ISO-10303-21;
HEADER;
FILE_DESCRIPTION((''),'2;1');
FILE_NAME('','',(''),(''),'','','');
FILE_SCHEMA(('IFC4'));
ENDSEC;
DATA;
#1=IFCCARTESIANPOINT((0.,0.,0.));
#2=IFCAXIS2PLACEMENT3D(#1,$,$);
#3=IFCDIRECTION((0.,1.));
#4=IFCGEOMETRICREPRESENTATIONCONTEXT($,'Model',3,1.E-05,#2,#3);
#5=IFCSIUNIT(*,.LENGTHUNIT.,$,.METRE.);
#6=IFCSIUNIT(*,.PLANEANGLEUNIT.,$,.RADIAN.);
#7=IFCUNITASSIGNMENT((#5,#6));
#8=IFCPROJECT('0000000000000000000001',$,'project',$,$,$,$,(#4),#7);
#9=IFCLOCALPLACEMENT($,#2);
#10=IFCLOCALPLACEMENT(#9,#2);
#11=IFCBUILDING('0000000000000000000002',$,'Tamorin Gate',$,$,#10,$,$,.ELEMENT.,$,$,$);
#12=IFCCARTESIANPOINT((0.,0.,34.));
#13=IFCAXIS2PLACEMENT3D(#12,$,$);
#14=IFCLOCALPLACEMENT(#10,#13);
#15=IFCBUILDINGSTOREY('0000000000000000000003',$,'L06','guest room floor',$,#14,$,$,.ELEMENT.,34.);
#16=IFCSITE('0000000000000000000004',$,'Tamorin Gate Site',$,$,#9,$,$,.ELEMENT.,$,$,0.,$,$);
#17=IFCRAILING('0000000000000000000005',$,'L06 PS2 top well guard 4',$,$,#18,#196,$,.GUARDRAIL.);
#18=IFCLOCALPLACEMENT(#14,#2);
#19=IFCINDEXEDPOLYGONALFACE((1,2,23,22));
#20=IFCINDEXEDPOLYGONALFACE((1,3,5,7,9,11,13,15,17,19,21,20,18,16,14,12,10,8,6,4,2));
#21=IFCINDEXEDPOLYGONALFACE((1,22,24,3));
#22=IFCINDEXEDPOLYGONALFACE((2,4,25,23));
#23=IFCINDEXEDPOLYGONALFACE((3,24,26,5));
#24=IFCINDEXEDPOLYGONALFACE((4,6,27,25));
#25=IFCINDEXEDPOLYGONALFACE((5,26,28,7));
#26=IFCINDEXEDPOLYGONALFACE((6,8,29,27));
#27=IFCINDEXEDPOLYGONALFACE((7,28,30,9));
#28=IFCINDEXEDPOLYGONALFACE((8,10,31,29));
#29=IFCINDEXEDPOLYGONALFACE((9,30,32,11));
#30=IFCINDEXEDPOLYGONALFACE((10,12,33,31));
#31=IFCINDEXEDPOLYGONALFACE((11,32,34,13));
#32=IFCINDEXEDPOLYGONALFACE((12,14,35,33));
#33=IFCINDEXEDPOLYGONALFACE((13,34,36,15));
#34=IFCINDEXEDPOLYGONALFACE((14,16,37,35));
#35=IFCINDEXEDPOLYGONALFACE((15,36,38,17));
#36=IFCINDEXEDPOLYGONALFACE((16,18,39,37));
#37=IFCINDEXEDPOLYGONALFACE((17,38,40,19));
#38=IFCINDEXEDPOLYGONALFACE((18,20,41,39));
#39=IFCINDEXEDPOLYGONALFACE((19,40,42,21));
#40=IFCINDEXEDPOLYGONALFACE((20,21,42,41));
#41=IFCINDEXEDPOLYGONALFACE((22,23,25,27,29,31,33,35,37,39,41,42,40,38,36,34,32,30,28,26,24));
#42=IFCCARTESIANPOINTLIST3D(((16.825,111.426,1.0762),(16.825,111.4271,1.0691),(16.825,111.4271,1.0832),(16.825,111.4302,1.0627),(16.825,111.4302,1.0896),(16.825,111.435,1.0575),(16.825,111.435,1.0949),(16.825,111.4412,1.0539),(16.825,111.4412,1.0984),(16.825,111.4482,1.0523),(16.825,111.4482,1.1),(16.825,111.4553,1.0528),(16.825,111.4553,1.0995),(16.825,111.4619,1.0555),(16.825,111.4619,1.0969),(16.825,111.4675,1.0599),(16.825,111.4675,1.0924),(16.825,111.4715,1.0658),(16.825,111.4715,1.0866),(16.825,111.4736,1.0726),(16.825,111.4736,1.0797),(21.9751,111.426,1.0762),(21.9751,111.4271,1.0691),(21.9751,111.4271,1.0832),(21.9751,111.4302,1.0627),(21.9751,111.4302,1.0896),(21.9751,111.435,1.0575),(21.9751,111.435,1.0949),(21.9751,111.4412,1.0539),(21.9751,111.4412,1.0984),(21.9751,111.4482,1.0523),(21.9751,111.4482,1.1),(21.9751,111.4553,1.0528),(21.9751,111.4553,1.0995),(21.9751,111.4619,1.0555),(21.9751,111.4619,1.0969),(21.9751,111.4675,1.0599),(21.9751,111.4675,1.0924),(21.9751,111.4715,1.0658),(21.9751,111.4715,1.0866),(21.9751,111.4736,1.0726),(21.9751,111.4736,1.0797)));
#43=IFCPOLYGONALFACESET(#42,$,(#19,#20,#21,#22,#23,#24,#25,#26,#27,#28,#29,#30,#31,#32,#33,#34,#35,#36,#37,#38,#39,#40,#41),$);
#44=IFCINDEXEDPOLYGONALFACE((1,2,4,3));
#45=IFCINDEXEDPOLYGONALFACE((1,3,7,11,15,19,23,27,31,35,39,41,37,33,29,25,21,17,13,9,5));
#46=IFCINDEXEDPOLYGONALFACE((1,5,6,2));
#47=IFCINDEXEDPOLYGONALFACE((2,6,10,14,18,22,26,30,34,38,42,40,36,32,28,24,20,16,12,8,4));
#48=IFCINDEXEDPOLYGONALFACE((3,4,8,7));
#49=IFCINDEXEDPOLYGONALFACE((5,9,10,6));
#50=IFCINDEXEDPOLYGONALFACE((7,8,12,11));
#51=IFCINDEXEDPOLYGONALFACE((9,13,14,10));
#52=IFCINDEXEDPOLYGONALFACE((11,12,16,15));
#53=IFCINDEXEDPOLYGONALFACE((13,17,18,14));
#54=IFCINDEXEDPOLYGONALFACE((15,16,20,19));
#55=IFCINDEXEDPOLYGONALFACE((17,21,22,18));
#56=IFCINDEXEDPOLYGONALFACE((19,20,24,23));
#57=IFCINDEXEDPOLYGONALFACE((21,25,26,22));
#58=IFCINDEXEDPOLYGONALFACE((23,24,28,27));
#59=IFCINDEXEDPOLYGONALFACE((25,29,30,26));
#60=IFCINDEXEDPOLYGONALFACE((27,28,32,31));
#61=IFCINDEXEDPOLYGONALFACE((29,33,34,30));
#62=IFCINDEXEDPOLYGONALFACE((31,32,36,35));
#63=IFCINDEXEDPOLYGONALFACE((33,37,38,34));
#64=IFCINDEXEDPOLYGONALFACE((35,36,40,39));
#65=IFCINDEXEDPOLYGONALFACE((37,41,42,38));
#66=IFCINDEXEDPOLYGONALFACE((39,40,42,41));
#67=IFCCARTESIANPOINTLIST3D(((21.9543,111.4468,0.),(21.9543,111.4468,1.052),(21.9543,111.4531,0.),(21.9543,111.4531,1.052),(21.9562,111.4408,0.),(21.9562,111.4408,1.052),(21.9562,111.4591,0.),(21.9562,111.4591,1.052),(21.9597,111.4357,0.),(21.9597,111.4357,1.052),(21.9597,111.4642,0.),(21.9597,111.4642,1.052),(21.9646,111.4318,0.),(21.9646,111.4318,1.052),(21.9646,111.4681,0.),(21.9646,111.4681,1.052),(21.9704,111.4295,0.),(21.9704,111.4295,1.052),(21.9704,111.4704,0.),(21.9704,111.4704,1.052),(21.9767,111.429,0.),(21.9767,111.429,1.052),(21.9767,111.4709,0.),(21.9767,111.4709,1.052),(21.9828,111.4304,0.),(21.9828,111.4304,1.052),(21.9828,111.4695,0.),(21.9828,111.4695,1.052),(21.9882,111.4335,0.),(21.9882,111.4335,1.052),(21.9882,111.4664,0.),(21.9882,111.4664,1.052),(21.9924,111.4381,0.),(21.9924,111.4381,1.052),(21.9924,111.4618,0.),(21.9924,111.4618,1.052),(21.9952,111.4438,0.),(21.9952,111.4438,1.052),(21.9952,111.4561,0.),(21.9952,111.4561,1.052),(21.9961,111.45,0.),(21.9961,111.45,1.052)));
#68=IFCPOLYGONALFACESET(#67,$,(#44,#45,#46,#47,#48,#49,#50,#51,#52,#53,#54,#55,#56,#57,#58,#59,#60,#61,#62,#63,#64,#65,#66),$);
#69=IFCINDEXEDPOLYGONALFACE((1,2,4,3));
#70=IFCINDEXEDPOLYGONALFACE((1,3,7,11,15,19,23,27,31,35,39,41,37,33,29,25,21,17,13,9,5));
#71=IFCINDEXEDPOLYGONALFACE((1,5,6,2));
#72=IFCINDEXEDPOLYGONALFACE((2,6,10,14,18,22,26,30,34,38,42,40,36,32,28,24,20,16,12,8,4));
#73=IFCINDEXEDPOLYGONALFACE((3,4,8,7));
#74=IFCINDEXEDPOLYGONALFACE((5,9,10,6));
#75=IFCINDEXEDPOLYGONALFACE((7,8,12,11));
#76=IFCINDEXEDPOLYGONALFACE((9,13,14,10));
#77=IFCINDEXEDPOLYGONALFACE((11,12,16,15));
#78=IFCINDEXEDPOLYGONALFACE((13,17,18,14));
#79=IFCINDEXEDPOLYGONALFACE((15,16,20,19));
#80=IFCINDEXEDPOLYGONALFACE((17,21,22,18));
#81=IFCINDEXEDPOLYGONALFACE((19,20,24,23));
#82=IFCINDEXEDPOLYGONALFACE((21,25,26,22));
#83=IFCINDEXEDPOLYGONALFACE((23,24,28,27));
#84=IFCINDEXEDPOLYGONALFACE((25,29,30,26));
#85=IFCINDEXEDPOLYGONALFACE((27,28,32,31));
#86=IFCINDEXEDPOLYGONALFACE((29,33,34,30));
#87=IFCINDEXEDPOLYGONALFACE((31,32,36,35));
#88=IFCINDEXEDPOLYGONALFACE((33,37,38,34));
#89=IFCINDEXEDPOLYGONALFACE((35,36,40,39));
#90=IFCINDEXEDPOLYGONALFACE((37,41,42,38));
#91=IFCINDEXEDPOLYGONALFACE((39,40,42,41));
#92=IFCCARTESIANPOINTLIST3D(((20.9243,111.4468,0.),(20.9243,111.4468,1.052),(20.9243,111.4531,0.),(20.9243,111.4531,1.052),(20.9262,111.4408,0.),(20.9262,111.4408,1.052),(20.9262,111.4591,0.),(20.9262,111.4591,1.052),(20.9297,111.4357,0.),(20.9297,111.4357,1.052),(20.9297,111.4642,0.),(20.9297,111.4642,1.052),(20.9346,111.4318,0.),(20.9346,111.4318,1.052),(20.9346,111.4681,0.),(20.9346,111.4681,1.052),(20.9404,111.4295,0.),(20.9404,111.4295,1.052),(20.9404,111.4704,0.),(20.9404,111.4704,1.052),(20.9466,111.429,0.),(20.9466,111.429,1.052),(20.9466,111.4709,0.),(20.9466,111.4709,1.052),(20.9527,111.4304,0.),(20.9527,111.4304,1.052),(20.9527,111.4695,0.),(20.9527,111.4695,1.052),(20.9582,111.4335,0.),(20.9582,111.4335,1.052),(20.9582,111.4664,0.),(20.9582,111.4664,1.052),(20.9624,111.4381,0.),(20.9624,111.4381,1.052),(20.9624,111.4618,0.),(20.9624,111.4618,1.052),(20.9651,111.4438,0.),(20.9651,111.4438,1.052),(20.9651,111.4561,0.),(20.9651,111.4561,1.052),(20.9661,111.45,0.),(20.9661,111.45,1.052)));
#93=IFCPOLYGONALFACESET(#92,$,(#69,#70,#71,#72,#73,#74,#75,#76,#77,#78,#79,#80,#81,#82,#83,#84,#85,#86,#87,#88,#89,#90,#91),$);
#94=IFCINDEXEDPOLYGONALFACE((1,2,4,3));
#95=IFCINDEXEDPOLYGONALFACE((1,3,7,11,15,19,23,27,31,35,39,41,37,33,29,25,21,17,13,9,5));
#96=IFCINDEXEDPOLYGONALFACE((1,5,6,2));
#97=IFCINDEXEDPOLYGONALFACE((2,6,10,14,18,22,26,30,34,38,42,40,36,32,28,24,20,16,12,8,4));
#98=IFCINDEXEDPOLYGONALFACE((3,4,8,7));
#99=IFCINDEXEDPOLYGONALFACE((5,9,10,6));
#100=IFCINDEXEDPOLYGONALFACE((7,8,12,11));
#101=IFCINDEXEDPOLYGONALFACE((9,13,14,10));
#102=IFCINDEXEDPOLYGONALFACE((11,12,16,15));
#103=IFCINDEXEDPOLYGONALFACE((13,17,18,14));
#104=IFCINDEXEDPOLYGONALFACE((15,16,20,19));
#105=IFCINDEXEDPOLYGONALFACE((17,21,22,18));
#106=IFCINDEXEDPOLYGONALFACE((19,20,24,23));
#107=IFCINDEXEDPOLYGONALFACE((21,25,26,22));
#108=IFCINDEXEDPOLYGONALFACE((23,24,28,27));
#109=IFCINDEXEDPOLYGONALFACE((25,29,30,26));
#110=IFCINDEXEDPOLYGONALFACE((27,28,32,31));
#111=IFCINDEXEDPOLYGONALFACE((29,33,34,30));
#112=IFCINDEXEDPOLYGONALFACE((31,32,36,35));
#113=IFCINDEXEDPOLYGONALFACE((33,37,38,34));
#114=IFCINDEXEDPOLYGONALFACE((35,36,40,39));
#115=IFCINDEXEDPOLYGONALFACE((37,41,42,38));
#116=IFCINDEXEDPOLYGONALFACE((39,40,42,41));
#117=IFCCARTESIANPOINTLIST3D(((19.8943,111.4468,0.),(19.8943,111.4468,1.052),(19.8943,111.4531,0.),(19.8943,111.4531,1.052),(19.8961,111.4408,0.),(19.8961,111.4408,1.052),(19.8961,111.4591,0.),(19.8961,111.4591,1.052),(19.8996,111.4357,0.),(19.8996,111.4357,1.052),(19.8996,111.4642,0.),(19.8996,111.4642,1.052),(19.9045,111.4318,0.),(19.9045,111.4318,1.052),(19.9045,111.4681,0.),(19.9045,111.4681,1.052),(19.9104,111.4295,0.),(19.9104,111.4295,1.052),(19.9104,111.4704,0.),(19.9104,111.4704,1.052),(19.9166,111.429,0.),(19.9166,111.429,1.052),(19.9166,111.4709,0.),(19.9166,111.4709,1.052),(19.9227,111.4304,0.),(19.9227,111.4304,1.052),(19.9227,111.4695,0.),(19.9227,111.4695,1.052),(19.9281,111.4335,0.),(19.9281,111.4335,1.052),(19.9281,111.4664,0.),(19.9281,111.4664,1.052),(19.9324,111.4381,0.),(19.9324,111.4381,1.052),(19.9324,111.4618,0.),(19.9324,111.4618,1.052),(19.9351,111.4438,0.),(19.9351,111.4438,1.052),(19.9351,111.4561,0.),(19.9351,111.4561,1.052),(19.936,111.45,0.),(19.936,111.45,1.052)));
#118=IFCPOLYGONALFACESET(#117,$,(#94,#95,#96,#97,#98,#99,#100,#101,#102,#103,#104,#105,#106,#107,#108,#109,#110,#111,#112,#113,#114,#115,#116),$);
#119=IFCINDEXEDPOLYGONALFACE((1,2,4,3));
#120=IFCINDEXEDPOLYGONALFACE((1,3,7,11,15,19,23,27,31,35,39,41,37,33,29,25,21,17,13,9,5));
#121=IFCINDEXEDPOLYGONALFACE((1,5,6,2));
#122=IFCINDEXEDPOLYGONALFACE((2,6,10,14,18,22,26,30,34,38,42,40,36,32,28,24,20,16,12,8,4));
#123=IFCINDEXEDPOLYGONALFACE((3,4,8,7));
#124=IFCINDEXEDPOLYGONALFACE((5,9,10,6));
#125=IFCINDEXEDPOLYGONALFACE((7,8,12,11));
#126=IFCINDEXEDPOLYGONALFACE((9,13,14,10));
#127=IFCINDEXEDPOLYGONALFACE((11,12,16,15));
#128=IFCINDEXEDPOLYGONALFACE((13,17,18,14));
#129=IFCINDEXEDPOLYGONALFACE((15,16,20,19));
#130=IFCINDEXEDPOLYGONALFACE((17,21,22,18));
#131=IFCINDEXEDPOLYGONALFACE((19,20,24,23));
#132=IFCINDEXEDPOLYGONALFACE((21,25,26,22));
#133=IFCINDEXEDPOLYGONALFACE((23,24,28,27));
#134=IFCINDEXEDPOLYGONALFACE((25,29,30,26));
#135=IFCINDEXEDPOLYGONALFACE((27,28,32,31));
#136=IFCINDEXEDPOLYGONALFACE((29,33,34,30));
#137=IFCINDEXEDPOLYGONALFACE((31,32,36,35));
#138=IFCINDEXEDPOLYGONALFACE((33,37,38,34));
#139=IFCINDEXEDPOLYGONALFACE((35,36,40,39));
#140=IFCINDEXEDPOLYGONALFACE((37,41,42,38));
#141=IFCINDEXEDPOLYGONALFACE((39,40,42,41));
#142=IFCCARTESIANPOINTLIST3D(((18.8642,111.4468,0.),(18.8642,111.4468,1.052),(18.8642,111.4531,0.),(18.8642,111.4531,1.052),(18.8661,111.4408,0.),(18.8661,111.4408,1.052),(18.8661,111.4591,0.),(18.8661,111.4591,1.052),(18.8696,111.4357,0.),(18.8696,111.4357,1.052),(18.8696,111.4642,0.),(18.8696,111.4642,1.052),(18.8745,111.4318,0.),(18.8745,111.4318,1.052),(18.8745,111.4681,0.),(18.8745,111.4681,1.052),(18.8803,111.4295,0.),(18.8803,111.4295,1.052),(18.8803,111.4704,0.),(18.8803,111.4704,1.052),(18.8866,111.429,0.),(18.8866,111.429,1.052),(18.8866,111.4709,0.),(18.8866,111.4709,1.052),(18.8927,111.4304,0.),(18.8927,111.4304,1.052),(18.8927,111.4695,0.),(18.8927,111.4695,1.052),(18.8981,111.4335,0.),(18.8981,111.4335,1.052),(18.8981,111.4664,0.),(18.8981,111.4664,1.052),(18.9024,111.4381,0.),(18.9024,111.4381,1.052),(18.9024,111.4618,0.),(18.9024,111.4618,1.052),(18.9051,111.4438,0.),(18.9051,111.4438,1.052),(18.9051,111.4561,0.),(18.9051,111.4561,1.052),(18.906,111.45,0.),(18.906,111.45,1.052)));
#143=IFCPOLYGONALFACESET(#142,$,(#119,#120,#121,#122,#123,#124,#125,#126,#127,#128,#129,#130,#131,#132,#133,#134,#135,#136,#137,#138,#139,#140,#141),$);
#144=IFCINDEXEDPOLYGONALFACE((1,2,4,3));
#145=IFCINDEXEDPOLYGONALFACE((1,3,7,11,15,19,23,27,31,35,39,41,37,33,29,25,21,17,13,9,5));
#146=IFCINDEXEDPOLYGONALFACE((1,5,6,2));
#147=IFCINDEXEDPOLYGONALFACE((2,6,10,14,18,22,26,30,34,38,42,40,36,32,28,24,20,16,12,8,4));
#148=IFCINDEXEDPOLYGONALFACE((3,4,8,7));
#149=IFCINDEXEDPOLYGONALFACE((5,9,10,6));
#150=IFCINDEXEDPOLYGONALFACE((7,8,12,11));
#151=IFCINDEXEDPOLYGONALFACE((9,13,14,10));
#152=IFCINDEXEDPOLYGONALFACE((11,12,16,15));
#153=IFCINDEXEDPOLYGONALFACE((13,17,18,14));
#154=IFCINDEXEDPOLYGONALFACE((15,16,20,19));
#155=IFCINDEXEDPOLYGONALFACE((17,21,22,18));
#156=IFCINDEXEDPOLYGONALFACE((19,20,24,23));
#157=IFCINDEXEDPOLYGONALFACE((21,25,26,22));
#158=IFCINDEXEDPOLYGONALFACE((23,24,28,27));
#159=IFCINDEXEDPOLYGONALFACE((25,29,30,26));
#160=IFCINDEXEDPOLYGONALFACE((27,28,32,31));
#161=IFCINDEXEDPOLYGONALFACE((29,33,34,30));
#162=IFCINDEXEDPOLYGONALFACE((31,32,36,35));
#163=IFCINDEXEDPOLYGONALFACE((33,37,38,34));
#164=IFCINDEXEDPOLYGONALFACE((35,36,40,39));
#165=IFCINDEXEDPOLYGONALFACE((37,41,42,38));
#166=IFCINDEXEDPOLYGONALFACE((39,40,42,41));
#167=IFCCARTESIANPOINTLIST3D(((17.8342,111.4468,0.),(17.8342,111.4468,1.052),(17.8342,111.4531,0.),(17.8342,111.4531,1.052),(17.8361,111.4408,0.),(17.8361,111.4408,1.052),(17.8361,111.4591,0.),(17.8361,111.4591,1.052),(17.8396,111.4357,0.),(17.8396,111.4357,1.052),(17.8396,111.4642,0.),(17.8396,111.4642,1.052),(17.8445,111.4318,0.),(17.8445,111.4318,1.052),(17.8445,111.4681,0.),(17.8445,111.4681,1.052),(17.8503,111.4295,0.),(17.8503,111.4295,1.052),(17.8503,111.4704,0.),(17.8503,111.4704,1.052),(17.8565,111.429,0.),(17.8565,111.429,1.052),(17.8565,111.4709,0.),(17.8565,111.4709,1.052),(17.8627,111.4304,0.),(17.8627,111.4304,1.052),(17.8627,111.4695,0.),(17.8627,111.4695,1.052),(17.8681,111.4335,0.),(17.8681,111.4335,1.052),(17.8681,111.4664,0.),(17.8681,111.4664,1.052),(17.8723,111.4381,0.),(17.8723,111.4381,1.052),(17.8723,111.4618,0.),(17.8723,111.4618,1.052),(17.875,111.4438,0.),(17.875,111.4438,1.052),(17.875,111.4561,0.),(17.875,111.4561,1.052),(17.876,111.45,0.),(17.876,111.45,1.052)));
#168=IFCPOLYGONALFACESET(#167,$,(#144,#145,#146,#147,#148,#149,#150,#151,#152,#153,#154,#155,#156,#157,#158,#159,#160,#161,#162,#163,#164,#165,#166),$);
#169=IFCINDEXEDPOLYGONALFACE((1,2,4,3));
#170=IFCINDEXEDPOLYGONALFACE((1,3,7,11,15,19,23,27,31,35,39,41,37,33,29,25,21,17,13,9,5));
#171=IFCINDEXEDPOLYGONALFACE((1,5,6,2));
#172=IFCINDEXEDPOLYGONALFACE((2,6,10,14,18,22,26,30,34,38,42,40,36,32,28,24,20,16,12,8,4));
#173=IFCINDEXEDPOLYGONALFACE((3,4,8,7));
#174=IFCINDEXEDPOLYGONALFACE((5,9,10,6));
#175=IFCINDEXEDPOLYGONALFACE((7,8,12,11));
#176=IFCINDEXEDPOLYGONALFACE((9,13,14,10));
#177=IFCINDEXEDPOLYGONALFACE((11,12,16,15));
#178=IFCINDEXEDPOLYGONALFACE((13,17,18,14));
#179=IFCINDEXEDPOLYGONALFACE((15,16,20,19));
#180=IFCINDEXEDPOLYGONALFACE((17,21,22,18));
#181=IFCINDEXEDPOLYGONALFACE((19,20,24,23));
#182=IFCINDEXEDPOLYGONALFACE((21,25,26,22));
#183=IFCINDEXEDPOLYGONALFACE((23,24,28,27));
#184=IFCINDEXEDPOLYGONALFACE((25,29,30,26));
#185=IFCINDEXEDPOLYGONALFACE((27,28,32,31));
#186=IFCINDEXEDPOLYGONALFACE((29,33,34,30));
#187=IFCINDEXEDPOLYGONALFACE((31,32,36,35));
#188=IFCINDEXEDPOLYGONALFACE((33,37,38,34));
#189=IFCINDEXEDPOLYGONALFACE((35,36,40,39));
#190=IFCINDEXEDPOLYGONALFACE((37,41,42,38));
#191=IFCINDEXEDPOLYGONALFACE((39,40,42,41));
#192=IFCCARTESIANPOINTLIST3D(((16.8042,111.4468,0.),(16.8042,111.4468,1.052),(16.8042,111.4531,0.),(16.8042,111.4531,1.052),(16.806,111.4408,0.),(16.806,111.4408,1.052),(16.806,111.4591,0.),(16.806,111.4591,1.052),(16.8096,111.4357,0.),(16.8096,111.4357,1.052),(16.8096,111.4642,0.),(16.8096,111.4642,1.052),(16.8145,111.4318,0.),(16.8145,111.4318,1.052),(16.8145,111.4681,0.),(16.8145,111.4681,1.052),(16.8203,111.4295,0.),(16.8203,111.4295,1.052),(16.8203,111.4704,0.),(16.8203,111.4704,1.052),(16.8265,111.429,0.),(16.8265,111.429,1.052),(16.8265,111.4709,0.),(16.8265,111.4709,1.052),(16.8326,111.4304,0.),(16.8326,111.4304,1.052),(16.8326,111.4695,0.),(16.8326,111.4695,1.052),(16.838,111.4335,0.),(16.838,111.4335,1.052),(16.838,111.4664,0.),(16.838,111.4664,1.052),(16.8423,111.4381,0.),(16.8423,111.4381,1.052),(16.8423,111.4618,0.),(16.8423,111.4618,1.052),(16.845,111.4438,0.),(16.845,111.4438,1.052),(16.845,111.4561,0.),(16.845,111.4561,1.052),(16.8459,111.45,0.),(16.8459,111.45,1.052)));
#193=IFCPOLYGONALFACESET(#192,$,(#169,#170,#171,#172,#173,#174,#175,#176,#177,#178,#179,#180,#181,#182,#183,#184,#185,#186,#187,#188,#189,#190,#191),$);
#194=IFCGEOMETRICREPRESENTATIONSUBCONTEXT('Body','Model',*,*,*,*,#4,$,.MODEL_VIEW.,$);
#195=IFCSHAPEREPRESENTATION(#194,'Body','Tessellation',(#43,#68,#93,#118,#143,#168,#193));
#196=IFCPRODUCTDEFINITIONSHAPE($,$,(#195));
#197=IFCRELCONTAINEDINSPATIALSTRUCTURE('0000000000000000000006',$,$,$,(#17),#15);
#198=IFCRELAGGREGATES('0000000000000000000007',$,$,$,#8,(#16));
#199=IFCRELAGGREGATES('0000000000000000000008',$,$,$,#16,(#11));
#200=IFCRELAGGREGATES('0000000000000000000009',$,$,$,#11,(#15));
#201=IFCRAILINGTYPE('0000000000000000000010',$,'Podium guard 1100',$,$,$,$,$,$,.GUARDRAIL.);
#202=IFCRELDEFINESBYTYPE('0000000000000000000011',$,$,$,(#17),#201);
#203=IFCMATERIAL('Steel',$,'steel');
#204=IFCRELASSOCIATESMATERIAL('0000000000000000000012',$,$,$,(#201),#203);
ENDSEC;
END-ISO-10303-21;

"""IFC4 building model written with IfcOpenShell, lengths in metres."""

from ifc_helpers import new_model, si_unit, direction, frame, origin, origin_2d, place, context, subcontext, project, spatial, circle, extrude, material, type_object, element, save


model = new_model("IFC4")

# Units and contexts
model_context = context("Model", 3, precision=1e-05, world=origin(), true_north=direction((0.0, 1.0)))
body_context = subcontext(model_context, "Body", "Model", "MODEL_VIEW")
ifc_project = project(units=[si_unit("LENGTHUNIT", "METRE"), si_unit("PLANEANGLEUNIT", "RADIAN")], contexts=[model_context])

# Site, building, storey
site_placement = place(None, origin())
site = spatial("IfcSite", under=ifc_project, at=site_placement, Name="Tamorin Gate Site", CompositionType="ELEMENT", RefElevation=0.0)
building_placement = place(site_placement, origin())
building = spatial("IfcBuilding", under=site, at=building_placement, Name="Tamorin Gate", CompositionType="ELEMENT")
storey_placement = place(building_placement, frame((0.0, 0.0, 34.0)))
storey = spatial("IfcBuildingStorey", under=building, at=storey_placement, Name="L06", Description="guest room floor", CompositionType="ELEMENT", Elevation=34.0)

# Railing
ifc_material_1 = material(Name="Steel", Category="steel")
railing_type_1 = type_object("IfcRailingType", Name="Podium guard 1100", PredefinedType="GUARDRAIL", material=ifc_material_1)
railing_1_placement = place(storey_placement, frame((21.9751, 111.45, 0.0)))
element("IfcRailing", 1, at=railing_1_placement, inside=storey, type_object=railing_type_1, Name="L06 PS2 top well guard 4", PredefinedType="GUARDRAIL", context=body_context, shape_type="SweptSolid", body=[
    extrude(circle(Radius=0.0239, at=origin_2d()), frame((0.0, 0.0, 1.0762), z_axis=(-1.0, 0.0, 0.0), x_axis=(0.0, -1.0, 0.0)), (0.0, 0.0, 1.0), 5.1501),
    extrude(circle(Radius=0.021, at=origin_2d()), origin(), (0.0, 0.0, 1.0), 1.052),
    extrude(circle(Radius=0.021, at=origin_2d()), frame((-1.03, 0.0, 0.0)), (0.0, 0.0, 1.0), 1.052),
    extrude(circle(Radius=0.021, at=origin_2d()), frame((-2.0601, 0.0, 0.0)), (0.0, 0.0, 1.0), 1.052),
    extrude(circle(Radius=0.021, at=origin_2d()), frame((-3.0901, 0.0, 0.0)), (0.0, 0.0, 1.0), 1.052),
    extrude(circle(Radius=0.021, at=origin_2d()), frame((-4.1201, 0.0, 0.0)), (0.0, 0.0, 1.0), 1.052),
    extrude(circle(Radius=0.021, at=origin_2d()), frame((-5.1501, 0.0, 0.0)), (0.0, 0.0, 1.0), 1.052),
])

save(model, "model.ifc")
